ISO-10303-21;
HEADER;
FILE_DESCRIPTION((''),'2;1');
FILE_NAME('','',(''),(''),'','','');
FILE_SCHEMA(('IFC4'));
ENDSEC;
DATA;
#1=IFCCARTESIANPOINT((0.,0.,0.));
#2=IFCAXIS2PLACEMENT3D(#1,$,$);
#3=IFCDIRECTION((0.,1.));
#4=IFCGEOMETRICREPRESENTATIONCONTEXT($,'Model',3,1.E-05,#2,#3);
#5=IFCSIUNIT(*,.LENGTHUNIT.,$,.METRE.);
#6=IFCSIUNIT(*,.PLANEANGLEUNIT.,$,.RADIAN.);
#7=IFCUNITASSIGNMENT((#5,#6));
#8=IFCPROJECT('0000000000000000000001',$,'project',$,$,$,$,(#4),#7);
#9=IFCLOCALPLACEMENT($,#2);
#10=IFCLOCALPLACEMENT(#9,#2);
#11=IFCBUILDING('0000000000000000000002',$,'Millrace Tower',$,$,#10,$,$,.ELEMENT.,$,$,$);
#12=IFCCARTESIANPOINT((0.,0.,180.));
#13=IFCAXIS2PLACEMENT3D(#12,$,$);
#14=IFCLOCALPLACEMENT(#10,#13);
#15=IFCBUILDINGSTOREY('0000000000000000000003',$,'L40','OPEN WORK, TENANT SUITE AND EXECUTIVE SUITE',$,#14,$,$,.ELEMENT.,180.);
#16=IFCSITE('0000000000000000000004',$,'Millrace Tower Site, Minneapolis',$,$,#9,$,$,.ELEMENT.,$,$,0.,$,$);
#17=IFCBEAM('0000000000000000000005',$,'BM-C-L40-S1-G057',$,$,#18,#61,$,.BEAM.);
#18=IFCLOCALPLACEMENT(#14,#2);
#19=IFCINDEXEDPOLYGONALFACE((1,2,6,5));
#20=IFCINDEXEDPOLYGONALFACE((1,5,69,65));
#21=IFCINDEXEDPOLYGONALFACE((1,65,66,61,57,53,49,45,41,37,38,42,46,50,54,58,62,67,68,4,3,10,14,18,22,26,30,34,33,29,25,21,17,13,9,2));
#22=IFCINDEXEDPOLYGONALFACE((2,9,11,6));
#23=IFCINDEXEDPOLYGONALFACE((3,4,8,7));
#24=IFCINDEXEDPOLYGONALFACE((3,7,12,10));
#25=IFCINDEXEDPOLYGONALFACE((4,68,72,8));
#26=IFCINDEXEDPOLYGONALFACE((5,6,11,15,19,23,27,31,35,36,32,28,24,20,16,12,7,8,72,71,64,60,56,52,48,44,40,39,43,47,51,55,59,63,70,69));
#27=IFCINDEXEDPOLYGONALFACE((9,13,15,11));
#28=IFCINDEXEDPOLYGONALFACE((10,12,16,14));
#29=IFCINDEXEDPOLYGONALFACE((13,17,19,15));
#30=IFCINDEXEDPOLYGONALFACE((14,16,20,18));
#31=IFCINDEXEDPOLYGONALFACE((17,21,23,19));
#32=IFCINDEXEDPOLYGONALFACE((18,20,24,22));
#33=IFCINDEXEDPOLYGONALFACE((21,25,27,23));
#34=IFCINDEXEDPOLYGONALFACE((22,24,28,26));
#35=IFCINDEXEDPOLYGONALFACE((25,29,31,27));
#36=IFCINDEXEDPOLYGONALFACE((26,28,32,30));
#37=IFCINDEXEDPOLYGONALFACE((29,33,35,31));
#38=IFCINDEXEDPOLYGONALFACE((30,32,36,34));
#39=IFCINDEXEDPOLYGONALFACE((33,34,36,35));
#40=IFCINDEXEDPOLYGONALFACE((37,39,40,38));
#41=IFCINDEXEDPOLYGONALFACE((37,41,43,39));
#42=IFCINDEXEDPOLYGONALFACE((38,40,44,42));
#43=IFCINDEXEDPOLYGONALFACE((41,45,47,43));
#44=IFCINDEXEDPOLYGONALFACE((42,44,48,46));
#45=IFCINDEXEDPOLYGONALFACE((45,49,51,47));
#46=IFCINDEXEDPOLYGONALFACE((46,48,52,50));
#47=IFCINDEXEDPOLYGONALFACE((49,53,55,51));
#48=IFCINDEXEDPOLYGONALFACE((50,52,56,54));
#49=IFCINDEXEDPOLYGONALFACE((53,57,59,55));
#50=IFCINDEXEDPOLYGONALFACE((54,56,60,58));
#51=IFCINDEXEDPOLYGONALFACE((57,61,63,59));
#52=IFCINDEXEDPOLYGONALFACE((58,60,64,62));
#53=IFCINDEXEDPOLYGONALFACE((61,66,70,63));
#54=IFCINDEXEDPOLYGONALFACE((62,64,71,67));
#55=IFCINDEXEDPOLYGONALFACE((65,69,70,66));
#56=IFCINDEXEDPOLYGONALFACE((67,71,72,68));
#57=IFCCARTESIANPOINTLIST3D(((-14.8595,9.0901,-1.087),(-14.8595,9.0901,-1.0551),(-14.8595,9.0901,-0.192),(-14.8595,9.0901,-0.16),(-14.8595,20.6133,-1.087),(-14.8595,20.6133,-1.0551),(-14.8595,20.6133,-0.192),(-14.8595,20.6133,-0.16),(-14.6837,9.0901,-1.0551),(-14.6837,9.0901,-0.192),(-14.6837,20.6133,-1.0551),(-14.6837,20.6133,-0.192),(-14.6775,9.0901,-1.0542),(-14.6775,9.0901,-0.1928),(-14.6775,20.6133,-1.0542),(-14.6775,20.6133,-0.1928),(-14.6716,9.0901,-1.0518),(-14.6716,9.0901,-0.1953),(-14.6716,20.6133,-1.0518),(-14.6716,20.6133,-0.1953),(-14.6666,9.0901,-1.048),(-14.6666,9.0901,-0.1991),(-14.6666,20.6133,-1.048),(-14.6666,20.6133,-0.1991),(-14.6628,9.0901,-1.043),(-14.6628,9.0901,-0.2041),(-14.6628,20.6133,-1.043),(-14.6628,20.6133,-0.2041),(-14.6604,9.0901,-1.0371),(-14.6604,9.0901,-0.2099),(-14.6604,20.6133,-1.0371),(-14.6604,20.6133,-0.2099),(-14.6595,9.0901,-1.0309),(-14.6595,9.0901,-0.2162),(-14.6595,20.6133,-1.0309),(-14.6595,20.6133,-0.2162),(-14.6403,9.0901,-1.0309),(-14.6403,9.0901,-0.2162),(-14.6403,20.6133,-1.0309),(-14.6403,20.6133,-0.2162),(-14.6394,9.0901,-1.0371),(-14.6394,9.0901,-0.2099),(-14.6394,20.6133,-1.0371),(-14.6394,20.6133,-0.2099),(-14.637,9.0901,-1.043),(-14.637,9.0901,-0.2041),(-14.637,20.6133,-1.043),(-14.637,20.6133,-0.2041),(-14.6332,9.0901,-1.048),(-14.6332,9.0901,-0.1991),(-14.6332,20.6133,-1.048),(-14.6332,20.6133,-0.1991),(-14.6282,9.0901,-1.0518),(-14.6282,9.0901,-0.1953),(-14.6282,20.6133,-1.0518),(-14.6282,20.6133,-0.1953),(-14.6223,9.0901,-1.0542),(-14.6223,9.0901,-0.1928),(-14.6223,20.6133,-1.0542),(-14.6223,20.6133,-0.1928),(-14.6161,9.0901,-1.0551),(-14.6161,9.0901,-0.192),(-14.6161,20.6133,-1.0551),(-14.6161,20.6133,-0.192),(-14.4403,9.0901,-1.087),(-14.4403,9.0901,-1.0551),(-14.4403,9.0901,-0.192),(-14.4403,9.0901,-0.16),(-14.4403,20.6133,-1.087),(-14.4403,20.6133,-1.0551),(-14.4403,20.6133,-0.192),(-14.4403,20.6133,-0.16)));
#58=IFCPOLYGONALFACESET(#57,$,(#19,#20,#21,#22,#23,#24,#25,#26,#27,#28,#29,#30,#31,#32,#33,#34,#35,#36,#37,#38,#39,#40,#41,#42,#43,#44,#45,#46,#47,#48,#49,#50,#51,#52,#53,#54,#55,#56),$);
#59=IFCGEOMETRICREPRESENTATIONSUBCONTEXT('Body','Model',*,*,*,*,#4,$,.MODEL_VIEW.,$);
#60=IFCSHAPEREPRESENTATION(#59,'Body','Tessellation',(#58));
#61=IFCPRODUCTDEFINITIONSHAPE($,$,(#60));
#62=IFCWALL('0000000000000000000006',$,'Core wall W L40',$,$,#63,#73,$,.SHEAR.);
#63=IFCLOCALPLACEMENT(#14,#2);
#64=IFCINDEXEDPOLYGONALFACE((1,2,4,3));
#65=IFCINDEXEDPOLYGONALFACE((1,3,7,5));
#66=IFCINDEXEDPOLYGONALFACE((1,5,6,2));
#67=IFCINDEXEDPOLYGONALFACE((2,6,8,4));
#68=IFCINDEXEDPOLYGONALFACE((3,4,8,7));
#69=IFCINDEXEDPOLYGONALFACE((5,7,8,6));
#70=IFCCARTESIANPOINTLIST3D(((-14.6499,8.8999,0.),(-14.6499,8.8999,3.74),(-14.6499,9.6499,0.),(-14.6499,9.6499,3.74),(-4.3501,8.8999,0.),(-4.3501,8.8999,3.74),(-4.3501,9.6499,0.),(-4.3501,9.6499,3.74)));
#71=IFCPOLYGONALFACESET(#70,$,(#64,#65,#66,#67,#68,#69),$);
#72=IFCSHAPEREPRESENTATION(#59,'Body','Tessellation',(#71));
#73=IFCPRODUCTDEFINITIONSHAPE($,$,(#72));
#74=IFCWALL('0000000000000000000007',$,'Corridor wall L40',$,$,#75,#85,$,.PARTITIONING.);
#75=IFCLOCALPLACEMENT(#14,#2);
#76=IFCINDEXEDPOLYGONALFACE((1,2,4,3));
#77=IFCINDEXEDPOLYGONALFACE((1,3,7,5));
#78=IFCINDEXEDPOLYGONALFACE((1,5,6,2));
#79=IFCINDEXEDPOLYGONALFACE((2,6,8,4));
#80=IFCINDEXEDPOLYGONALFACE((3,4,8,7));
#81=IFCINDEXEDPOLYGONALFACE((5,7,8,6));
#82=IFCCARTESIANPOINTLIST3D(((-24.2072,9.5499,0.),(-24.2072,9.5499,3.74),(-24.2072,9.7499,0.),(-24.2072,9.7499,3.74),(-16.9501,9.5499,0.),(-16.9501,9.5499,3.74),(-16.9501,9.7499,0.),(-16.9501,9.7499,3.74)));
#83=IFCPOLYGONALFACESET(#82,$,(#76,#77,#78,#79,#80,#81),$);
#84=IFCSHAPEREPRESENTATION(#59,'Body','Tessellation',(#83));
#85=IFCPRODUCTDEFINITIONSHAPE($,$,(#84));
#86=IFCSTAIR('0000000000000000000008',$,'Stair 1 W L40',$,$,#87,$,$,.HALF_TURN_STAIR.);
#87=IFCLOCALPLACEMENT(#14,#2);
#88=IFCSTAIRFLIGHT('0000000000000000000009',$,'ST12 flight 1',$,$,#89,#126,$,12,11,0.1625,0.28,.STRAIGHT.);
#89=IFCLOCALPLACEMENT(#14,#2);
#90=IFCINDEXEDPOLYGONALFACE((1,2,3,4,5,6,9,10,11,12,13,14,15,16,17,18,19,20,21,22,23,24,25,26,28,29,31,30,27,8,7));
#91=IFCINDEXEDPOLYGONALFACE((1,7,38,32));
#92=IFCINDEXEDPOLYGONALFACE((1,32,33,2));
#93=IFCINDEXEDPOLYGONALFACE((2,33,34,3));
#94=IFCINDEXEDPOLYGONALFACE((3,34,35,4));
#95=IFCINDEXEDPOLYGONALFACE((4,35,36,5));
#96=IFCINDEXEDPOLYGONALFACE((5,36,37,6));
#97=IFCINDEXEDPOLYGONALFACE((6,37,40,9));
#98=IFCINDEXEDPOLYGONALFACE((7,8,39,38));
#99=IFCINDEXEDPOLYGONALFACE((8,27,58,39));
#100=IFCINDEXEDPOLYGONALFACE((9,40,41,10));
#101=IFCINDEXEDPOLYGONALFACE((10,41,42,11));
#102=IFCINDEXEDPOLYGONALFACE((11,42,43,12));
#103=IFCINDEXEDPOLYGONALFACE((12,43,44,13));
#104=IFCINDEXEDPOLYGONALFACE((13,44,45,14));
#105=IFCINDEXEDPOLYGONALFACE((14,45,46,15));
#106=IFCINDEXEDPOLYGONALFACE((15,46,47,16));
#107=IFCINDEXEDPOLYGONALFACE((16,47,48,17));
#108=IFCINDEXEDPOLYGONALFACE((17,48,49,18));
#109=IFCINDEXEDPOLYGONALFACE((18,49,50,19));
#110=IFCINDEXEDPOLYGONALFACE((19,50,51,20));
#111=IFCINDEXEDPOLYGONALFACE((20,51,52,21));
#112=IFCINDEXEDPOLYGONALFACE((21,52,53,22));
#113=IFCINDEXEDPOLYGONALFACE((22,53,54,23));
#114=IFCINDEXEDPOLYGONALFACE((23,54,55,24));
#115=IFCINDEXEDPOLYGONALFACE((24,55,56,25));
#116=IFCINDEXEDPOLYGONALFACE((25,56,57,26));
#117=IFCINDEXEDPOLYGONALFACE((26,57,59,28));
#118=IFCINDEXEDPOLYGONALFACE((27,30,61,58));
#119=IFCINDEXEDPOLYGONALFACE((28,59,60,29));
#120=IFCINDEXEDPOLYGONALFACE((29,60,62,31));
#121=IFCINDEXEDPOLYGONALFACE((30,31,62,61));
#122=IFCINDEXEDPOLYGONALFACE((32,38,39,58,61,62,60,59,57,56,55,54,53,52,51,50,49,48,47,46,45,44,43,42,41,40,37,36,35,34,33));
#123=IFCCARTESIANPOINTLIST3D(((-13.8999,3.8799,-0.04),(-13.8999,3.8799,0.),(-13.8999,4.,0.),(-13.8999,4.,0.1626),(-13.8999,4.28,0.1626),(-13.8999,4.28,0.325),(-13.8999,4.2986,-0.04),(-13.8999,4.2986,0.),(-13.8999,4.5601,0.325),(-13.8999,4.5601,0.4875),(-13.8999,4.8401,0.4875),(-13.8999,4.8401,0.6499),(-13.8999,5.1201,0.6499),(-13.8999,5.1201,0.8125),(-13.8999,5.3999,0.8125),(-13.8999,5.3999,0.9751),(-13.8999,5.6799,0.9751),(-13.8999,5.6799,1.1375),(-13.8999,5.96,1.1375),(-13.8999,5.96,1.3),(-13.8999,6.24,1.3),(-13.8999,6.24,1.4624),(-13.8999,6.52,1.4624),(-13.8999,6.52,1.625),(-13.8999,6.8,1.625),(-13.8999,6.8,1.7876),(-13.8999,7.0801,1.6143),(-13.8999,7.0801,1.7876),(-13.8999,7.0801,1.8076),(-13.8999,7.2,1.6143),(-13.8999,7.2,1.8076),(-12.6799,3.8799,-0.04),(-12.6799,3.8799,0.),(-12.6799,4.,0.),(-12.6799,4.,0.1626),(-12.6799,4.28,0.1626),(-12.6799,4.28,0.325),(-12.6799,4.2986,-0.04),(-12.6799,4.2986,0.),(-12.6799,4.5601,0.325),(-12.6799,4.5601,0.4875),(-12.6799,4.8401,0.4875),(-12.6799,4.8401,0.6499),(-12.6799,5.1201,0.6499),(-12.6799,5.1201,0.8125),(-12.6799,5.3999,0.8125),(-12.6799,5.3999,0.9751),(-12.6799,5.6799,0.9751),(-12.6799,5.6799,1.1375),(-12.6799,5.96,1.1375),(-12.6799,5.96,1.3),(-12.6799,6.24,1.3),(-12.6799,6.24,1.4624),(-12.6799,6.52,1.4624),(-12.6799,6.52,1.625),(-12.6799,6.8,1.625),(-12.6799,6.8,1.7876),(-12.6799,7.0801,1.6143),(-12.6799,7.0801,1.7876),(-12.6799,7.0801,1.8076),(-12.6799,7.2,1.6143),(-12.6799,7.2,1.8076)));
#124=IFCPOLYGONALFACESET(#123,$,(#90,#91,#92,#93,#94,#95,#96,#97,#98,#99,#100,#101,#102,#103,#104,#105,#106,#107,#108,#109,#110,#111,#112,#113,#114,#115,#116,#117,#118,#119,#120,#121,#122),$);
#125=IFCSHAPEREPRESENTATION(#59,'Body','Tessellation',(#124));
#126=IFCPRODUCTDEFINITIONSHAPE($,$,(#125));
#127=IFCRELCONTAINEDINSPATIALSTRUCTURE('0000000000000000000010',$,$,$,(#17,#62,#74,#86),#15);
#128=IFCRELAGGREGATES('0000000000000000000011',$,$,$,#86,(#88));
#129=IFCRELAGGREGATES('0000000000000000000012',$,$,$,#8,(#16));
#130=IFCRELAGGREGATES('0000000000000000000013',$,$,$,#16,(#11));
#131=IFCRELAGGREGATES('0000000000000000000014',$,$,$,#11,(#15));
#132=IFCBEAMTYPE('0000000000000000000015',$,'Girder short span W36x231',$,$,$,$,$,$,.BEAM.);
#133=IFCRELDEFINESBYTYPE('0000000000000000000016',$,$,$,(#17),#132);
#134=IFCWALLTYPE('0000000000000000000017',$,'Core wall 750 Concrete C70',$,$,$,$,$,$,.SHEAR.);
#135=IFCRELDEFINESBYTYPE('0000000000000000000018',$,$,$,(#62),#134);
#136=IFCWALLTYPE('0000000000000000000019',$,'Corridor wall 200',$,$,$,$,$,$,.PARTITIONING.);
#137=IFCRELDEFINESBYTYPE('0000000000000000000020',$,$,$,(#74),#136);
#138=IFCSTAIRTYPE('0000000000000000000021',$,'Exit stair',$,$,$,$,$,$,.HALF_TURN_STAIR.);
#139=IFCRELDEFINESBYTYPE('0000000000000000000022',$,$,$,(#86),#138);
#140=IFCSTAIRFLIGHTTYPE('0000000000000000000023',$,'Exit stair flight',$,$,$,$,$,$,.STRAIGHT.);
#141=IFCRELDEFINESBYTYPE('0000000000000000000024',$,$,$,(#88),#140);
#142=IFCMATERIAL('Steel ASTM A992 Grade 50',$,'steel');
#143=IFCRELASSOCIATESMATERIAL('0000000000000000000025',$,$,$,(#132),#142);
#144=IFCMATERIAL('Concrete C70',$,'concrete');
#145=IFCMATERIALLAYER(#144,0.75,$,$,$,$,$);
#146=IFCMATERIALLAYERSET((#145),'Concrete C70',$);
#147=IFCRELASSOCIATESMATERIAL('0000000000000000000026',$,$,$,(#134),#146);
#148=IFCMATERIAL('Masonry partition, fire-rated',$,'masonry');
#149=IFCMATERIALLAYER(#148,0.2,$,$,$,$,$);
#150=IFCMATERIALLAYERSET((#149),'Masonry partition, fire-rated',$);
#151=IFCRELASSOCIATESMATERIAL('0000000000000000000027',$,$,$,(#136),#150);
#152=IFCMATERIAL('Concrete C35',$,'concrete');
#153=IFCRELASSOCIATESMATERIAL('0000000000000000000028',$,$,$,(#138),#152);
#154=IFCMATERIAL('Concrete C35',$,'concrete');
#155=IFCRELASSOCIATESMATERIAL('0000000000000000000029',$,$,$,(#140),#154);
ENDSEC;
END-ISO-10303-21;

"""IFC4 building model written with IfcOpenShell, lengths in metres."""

from ifc_helpers import new_model, si_unit, direction, frame, frame_2d, origin, origin_2d, place, context, subcontext, project, spatial, polyline, rectangle, i_section, outline, extrude, material, layer, layer_set, material_profile, profile_set, type_object, element, aggregate, save


model = new_model("IFC4")

# Units and contexts
model_context = context("Model", 3, precision=1e-05, world=origin(), true_north=direction((0.0, 1.0)))
body_context = subcontext(model_context, "Body", "Model", "MODEL_VIEW")
ifc_project = project(units=[si_unit("LENGTHUNIT", "METRE"), si_unit("PLANEANGLEUNIT", "RADIAN")], contexts=[model_context])

# Site, building, storey
site_placement = place(None, origin())
site = spatial("IfcSite", under=ifc_project, at=site_placement, Name="Millrace Tower Site, Minneapolis", CompositionType="ELEMENT", RefElevation=0.0)
building_placement = place(site_placement, origin())
building = spatial("IfcBuilding", under=site, at=building_placement, Name="Millrace Tower", CompositionType="ELEMENT")
storey_placement = place(building_placement, frame((0.0, 0.0, 180.0)))
storey = spatial("IfcBuildingStorey", under=building, at=storey_placement, Name="L40", Description="OPEN WORK, TENANT SUITE AND EXECUTIVE SUITE", CompositionType="ELEMENT", Elevation=180.0)

# Shared definitions
placement = place(storey_placement, origin())

# Beam
ifc_material_1 = material(Name="Steel ASTM A992 Grade 50", Category="steel")
ifc_material_profile_1 = material_profile(ifc_material_1, i_section(OverallWidth=0.4192, OverallDepth=0.927, WebThickness=0.0193, FlangeThickness=0.032, FilletRadius=0.0242, at=origin_2d()))
ifc_profile_set_1 = profile_set([ifc_material_profile_1], Name="Steel ASTM A992 Grade 50")
beam_type_1 = type_object("IfcBeamType", Name="Girder short span W36x231", PredefinedType="BEAM", material=ifc_profile_set_1)
beam_1_placement = place(storey_placement, frame((-14.6499, 9.0901, -0.6235), z_axis=(0.0, 1.0, 0.0), x_axis=(-1.0, 0.0, 0.0)))
element("IfcBeam", 1, at=beam_1_placement, inside=storey, type_object=beam_type_1, Name="BM-C-L40-S1-G057", PredefinedType="BEAM", context=body_context, shape_type="SweptSolid", body=[
    extrude(i_section(OverallWidth=0.4192, OverallDepth=0.927, WebThickness=0.0193, FlangeThickness=0.032, FilletRadius=0.0242, at=origin_2d()), origin(), (0.0, 0.0, 1.0), 11.5232),
])

# Walls
ifc_material_2 = material(Name="Concrete C70", Category="concrete")
ifc_layer_1 = layer(ifc_material_2, 0.75)
ifc_layer_set_1 = layer_set([ifc_layer_1], Name="Concrete C70")
wall_type_1 = type_object("IfcWallType", Name="Core wall 750 Concrete C70", PredefinedType="SHEAR", material=ifc_layer_set_1)
wall_1_placement = place(storey_placement, frame((-14.6499, 9.2749, 0.0), z_axis=(0.0, 0.0, 1.0), x_axis=(1.0, 0.0, 0.0)))
element("IfcWall", 2, at=wall_1_placement, inside=storey, type_object=wall_type_1, Name="Core wall W L40", PredefinedType="SHEAR", context=body_context, shape_type="SweptSolid", body=[
    extrude(rectangle(XDim=10.2998, YDim=0.75, at=frame_2d((5.1499, 0.0))), origin(), (0.0, 0.0, 1.0), 3.74),
])
ifc_material_3 = material(Name="Masonry partition, fire-rated", Category="masonry")
ifc_layer_2 = layer(ifc_material_3, 0.2)
ifc_layer_set_2 = layer_set([ifc_layer_2], Name="Masonry partition, fire-rated")
wall_type_2 = type_object("IfcWallType", Name="Corridor wall 200", PredefinedType="PARTITIONING", material=ifc_layer_set_2)
wall_2_placement = place(storey_placement, frame((-24.207, 9.6499, 0.0), z_axis=(0.0, 0.0, 1.0), x_axis=(1.0, 0.0, 0.0)))
element("IfcWall", 3, at=wall_2_placement, inside=storey, type_object=wall_type_2, Name="Corridor wall L40", PredefinedType="PARTITIONING", context=body_context, shape_type="SweptSolid", body=[
    extrude(rectangle(XDim=7.2571, YDim=0.2, at=frame_2d((3.6284, 0.0))), origin(), (0.0, 0.0, 1.0), 3.74),
])

# Stair, stair flight
ifc_material_4 = material(Name="Concrete C35", Category="concrete")
stair_type = type_object("IfcStairType", Name="Exit stair", PredefinedType="HALF_TURN_STAIR", material=ifc_material_4)
stair = element("IfcStair", 4, at=placement, inside=storey, type_object=stair_type, Name="Stair 1 W L40", PredefinedType="HALF_TURN_STAIR")
ifc_material_5 = material(Name="Concrete C35", Category="concrete")
stair_flight_type = type_object("IfcStairFlightType", Name="Exit stair flight", PredefinedType="STRAIGHT", material=ifc_material_5)
stair_flight_placement = place(storey_placement, frame((-13.29, 4.0, 0.0), z_axis=(0.0, 0.0, 1.0), x_axis=(0.0, 1.0, 0.0)))
stair_flight = element("IfcStairFlight", 5, at=stair_flight_placement, type_object=stair_flight_type, Name="ST12 flight 1", NumberOfRisers=12, NumberOfTreads=11, PredefinedType="STRAIGHT", RiserHeight=0.1625, TreadLength=0.28, context=body_context, shape_type="SweptSolid", body=[
    extrude(outline(polyline([(-0.1201, -0.04), (-0.1201, 0.0), (0.0, 0.0), (0.0, 0.1626), (0.28, 0.1626), (0.28, 0.325), (0.5601, 0.325), (0.5601, 0.4875), (0.8401, 0.4875), (0.8401, 0.6499), (1.1201, 0.6499), (1.1201, 0.8125), (1.3999, 0.8125), (1.3999, 0.9751), (1.6799, 0.9751), (1.6799, 1.1375), (1.96, 1.1375), (1.96, 1.3), (2.24, 1.3), (2.24, 1.4624), (2.52, 1.4624), (2.52, 1.625), (2.8, 1.625), (2.8, 1.7876), (3.0801, 1.7876), (3.0801, 1.8076), (3.2, 1.8076), (3.2, 1.6143), (3.0801, 1.6143), (0.2986, 0.0), (0.2986, -0.04), (-0.1201, -0.04)])), frame((0.0, 0.6099, 0.0), z_axis=(0.0, -1.0, 0.0), x_axis=(1.0, 0.0, 0.0)), (0.0, 0.0, 1.0), 1.22),
])
aggregate(stair, [stair_flight])

save(model, "model.ifc")
